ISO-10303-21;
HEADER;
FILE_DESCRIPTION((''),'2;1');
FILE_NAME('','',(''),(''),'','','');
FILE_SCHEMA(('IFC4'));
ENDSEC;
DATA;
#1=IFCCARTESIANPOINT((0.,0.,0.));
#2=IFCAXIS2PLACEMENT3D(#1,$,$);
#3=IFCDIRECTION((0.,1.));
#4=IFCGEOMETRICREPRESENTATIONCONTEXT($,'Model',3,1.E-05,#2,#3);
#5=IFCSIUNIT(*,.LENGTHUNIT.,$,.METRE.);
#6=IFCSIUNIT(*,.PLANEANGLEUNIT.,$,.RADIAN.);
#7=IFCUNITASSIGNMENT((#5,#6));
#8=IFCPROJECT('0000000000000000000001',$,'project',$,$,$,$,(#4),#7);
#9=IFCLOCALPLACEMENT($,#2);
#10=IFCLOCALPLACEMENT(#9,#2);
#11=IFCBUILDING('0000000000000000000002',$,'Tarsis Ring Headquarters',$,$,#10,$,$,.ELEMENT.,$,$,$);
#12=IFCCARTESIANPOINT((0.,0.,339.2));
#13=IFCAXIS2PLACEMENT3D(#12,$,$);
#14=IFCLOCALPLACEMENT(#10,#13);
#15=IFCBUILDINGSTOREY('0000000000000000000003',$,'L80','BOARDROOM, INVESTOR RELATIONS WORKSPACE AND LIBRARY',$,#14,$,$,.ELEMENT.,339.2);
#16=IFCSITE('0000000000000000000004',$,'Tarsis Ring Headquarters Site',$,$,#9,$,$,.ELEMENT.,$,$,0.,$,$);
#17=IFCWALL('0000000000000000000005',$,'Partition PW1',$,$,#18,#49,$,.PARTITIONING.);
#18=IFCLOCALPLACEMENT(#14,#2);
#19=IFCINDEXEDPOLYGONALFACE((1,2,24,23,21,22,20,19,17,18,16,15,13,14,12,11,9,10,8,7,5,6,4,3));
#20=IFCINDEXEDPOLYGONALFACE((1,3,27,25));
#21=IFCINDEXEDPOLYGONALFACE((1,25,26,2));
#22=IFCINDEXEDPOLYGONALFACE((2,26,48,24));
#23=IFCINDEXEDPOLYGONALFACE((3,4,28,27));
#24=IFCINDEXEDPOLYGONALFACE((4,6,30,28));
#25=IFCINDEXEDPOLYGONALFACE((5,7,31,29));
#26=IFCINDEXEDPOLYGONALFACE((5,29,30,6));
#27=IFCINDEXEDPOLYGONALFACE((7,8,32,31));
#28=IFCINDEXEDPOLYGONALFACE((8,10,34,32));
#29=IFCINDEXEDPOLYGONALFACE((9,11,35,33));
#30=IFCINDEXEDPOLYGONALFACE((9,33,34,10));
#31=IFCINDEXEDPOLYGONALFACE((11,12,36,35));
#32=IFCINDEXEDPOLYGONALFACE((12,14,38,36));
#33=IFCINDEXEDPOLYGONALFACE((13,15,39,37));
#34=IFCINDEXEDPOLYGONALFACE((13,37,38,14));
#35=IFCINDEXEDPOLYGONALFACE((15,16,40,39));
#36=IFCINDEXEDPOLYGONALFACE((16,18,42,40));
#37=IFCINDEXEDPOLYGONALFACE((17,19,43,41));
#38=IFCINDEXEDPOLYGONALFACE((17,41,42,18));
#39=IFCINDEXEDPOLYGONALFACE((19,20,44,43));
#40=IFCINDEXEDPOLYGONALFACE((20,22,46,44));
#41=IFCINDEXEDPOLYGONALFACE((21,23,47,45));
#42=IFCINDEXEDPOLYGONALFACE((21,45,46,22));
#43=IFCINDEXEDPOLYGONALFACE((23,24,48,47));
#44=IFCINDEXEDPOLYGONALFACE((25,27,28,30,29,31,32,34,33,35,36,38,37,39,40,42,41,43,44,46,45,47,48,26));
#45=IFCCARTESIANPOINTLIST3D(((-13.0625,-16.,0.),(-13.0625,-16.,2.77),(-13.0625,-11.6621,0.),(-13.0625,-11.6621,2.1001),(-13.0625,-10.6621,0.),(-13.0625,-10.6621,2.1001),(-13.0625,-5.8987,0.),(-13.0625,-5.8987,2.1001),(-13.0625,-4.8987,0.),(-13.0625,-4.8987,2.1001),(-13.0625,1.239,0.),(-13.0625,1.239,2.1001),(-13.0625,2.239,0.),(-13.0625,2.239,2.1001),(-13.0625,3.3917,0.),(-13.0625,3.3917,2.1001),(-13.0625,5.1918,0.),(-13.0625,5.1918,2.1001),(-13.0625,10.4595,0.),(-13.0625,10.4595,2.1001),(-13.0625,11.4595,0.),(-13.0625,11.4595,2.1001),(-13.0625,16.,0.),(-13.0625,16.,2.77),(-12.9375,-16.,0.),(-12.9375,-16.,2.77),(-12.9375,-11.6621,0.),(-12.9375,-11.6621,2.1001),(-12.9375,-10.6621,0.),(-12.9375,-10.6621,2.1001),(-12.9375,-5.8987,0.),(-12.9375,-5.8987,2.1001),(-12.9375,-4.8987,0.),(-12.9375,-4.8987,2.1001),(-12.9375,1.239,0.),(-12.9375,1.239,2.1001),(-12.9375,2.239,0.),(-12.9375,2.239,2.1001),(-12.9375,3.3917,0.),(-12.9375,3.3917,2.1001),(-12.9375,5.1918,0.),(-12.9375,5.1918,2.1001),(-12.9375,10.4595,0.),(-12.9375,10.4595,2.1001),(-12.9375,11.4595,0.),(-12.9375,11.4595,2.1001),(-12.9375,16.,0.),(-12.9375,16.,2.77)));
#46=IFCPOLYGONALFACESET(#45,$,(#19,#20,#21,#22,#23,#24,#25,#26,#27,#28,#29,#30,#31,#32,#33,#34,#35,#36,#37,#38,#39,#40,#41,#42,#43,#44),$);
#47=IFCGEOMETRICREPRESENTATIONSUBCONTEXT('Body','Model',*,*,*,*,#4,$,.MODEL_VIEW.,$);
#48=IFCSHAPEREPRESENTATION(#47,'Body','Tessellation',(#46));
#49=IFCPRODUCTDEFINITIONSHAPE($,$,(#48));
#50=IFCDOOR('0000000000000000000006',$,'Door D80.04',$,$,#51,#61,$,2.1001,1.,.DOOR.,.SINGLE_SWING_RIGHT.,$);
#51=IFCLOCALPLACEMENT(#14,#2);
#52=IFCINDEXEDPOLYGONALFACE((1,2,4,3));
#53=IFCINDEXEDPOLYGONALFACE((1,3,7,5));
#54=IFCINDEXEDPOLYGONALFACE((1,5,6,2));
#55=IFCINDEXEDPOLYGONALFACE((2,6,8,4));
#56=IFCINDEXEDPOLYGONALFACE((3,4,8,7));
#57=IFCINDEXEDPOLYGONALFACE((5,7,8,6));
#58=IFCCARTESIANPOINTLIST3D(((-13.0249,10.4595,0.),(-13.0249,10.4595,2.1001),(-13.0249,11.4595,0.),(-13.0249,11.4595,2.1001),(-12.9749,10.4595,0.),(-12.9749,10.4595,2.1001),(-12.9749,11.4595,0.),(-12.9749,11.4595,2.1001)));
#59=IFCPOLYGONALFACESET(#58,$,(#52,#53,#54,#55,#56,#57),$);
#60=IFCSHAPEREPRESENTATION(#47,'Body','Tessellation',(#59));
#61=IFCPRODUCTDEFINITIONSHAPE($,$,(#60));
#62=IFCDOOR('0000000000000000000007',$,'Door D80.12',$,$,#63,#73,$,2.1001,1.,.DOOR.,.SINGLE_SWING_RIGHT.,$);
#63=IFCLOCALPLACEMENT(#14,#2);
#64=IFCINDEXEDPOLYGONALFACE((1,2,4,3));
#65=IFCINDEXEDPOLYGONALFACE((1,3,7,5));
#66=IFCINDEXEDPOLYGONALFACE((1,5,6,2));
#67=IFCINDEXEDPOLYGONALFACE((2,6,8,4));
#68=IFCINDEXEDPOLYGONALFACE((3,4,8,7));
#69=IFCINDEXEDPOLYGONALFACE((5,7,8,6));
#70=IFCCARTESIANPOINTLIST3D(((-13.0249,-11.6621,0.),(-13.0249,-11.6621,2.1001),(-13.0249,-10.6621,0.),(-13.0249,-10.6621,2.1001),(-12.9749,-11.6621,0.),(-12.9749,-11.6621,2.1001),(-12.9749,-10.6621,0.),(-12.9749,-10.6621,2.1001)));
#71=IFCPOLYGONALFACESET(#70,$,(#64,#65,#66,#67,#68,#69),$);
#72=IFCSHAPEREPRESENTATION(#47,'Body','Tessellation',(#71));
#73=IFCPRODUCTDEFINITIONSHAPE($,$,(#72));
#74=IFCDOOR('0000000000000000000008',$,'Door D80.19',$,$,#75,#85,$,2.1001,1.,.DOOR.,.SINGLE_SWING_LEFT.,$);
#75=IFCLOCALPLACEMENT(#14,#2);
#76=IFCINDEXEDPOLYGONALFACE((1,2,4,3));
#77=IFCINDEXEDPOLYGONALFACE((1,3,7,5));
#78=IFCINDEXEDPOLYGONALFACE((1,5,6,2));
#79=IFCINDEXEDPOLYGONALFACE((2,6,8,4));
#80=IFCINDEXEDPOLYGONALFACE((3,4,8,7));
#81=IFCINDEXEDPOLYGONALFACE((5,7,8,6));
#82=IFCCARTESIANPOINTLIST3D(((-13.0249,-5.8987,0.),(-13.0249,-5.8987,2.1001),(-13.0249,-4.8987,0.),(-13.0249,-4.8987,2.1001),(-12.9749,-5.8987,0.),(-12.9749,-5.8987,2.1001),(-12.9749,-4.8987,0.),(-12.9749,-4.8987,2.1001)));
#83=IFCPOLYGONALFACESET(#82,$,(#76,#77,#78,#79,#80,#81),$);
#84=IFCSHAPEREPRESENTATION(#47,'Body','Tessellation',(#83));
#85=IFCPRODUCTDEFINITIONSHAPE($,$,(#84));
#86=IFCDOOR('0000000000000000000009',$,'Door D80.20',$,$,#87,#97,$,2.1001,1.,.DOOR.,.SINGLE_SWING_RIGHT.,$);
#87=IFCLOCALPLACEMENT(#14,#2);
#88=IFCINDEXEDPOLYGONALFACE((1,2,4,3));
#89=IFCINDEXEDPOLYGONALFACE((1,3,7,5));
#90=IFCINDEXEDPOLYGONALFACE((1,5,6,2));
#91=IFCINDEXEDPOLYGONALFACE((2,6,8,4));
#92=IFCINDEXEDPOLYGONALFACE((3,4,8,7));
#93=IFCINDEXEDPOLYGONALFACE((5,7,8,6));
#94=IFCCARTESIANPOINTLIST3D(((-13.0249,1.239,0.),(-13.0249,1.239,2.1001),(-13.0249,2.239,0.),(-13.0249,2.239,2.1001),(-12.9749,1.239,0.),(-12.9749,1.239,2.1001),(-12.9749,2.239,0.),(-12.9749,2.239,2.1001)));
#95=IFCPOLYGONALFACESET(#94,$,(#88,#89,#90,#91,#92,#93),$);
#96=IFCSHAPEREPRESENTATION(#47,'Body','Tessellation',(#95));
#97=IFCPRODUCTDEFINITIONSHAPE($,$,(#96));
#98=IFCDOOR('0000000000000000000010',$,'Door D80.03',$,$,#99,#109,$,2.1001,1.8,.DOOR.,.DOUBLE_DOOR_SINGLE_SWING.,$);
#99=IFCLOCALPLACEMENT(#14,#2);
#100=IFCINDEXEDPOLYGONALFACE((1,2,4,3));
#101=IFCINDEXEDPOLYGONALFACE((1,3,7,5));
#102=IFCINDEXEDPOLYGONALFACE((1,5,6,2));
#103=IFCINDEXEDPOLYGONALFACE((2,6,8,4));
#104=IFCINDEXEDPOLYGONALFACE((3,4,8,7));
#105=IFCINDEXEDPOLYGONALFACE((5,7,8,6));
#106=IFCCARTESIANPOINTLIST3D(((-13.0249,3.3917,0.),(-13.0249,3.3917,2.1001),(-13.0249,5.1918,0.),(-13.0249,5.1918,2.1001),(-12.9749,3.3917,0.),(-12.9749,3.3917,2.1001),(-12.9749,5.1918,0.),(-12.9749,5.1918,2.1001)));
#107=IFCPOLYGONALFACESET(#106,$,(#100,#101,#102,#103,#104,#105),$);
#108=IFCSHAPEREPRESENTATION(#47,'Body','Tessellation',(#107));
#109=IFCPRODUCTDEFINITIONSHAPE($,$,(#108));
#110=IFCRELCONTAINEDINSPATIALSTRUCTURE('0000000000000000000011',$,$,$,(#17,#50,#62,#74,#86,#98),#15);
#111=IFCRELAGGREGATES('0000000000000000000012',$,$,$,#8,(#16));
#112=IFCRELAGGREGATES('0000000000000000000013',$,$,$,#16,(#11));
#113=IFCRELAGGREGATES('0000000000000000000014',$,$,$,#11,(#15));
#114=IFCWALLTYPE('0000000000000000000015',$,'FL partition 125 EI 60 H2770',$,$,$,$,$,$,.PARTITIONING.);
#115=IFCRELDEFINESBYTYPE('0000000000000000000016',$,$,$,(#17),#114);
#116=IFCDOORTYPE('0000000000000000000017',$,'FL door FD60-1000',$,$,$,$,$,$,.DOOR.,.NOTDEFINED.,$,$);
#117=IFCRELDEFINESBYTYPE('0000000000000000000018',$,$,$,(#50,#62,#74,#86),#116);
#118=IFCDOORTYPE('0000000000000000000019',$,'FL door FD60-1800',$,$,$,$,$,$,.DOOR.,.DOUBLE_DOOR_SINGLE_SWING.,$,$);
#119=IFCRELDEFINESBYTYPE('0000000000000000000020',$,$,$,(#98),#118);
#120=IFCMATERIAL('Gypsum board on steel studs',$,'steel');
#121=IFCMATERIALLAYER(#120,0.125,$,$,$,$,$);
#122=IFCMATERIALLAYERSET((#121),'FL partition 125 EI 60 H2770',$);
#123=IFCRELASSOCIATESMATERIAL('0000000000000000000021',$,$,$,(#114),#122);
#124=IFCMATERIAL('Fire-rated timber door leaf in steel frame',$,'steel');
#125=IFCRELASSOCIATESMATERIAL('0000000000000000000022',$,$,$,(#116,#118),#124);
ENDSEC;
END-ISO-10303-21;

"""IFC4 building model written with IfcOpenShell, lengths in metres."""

from ifc_helpers import new_model, si_unit, direction, frame, frame_2d, origin, place, context, subcontext, project, spatial, rectangle, extrude, material, layer, layer_set, type_object, element, fill, save


model = new_model("IFC4")

# Units and contexts
model_context = context("Model", 3, precision=1e-05, world=origin(), true_north=direction((0.0, 1.0)))
body_context = subcontext(model_context, "Body", "Model", "MODEL_VIEW")
ifc_project = project(units=[si_unit("LENGTHUNIT", "METRE"), si_unit("PLANEANGLEUNIT", "RADIAN")], contexts=[model_context])

# Site, building, storey
site_placement = place(None, origin())
site = spatial("IfcSite", under=ifc_project, at=site_placement, Name="Tarsis Ring Headquarters Site", CompositionType="ELEMENT", RefElevation=0.0)
building_placement = place(site_placement, origin())
building = spatial("IfcBuilding", under=site, at=building_placement, Name="Tarsis Ring Headquarters", CompositionType="ELEMENT")
storey_placement = place(building_placement, frame((0.0, 0.0, 339.2)))
storey = spatial("IfcBuildingStorey", under=building, at=storey_placement, Name="L80", Description="BOARDROOM, INVESTOR RELATIONS WORKSPACE AND LIBRARY", CompositionType="ELEMENT", Elevation=339.2)

# Wall, openings, doors
ifc_material_1 = material(Name="Gypsum board on steel studs", Category="steel")
ifc_layer_1 = layer(ifc_material_1, 0.125)
ifc_layer_set_1 = layer_set([ifc_layer_1], Name="FL partition 125 EI 60 H2770")
wall_type_1 = type_object("IfcWallType", Name="FL partition 125 EI 60 H2770", PredefinedType="PARTITIONING", material=ifc_layer_set_1)
wall_1_placement = place(storey_placement, frame((-13.0, -16.0, 0.0), z_axis=(0.0, 0.0, 1.0), x_axis=(0.0, 1.0, 0.0)))
wall_1 = element("IfcWall", 1, at=wall_1_placement, inside=storey, type_object=wall_type_1, Name="Partition PW1", PredefinedType="PARTITIONING", context=body_context, shape_type="SweptSolid", body=[
    extrude(rectangle(XDim=32.0, YDim=0.125, at=frame_2d((16.0, 0.0))), origin(), (0.0, 0.0, 1.0), 2.77),
])
opening_1_placement = place(wall_1_placement, frame((19.3918, 0.0, 0.0)))
opening_1 = element("IfcOpeningElement", 2, at=opening_1_placement, cuts=wall_1, PredefinedType="OPENING", context=body_context, shape_type="SweptSolid", body=[
    extrude(rectangle(XDim=1.8, YDim=2.1001, at=frame_2d((0.8999, 1.05))), frame((0.0, 0.0725, 0.0), z_axis=(0.0, -1.0, 0.0), x_axis=(1.0, 0.0, 0.0)), (0.0, 0.0, 1.0), 0.145),
])
opening_2_placement = place(wall_1_placement, frame((26.4595, 0.0, 0.0)))
opening_2 = element("IfcOpeningElement", 3, at=opening_2_placement, cuts=wall_1, PredefinedType="OPENING", context=body_context, shape_type="SweptSolid", body=[
    extrude(rectangle(XDim=1.0, YDim=2.1001, at=frame_2d((0.5, 1.05))), frame((0.0, 0.0725, 0.0), z_axis=(0.0, -1.0, 0.0), x_axis=(1.0, 0.0, 0.0)), (0.0, 0.0, 1.0), 0.145),
])
opening_3_placement = place(wall_1_placement, frame((4.3379, 0.0, 0.0)))
opening_3 = element("IfcOpeningElement", 4, at=opening_3_placement, cuts=wall_1, PredefinedType="OPENING", context=body_context, shape_type="SweptSolid", body=[
    extrude(rectangle(XDim=1.0, YDim=2.1001, at=frame_2d((0.5, 1.05))), frame((0.0, 0.0725, 0.0), z_axis=(0.0, -1.0, 0.0), x_axis=(1.0, 0.0, 0.0)), (0.0, 0.0, 1.0), 0.145),
])
opening_4_placement = place(wall_1_placement, frame((10.1013, 0.0, 0.0)))
opening_4 = element("IfcOpeningElement", 5, at=opening_4_placement, cuts=wall_1, PredefinedType="OPENING", context=body_context, shape_type="SweptSolid", body=[
    extrude(rectangle(XDim=1.0, YDim=2.1001, at=frame_2d((0.5, 1.05))), frame((0.0, 0.0725, 0.0), z_axis=(0.0, -1.0, 0.0), x_axis=(1.0, 0.0, 0.0)), (0.0, 0.0, 1.0), 0.145),
])
opening_5_placement = place(wall_1_placement, frame((17.239, 0.0, 0.0)))
opening_5 = element("IfcOpeningElement", 6, at=opening_5_placement, cuts=wall_1, PredefinedType="OPENING", context=body_context, shape_type="SweptSolid", body=[
    extrude(rectangle(XDim=1.0, YDim=2.1001, at=frame_2d((0.5, 1.05))), frame((0.0, 0.0725, 0.0), z_axis=(0.0, -1.0, 0.0), x_axis=(1.0, 0.0, 0.0)), (0.0, 0.0, 1.0), 0.145),
])
ifc_material_2 = material(Name="Fire-rated timber door leaf in steel frame", Category="steel")
door_type_1 = type_object("IfcDoorType", Name="FL door FD60-1000", OperationType="NOTDEFINED", PredefinedType="DOOR", material=ifc_material_2)
door_1_placement = place(opening_2_placement, origin())
door_1 = element("IfcDoor", 7, at=door_1_placement, inside=storey, type_object=door_type_1, Name="Door D80.04", OperationType="SINGLE_SWING_RIGHT", OverallHeight=2.1001, OverallWidth=1.0, PredefinedType="DOOR", context=body_context, shape_type="SweptSolid", body=[
    extrude(rectangle(XDim=1.0, YDim=2.1001, at=frame_2d((0.5, 1.05))), frame((0.0, 0.0249, 0.0), z_axis=(0.0, -1.0, 0.0), x_axis=(1.0, 0.0, 0.0)), (0.0, 0.0, 1.0), 0.05),
])
fill(opening_2, door_1)
door_2_placement = place(opening_3_placement, origin())
door_2 = element("IfcDoor", 8, at=door_2_placement, inside=storey, type_object=door_type_1, Name="Door D80.12", OperationType="SINGLE_SWING_RIGHT", OverallHeight=2.1001, OverallWidth=1.0, PredefinedType="DOOR", context=body_context, shape_type="SweptSolid", body=[
    extrude(rectangle(XDim=1.0, YDim=2.1001, at=frame_2d((0.5, 1.05))), frame((0.0, 0.0249, 0.0), z_axis=(0.0, -1.0, 0.0), x_axis=(1.0, 0.0, 0.0)), (0.0, 0.0, 1.0), 0.05),
])
fill(opening_3, door_2)
door_3_placement = place(opening_4_placement, origin())
door_3 = element("IfcDoor", 9, at=door_3_placement, inside=storey, type_object=door_type_1, Name="Door D80.19", OperationType="SINGLE_SWING_LEFT", OverallHeight=2.1001, OverallWidth=1.0, PredefinedType="DOOR", context=body_context, shape_type="SweptSolid", body=[
    extrude(rectangle(XDim=1.0, YDim=2.1001, at=frame_2d((0.5, 1.05))), frame((0.0, 0.0249, 0.0), z_axis=(0.0, -1.0, 0.0), x_axis=(1.0, 0.0, 0.0)), (0.0, 0.0, 1.0), 0.05),
])
fill(opening_4, door_3)
door_4_placement = place(opening_5_placement, origin())
door_4 = element("IfcDoor", 10, at=door_4_placement, inside=storey, type_object=door_type_1, Name="Door D80.20", OperationType="SINGLE_SWING_RIGHT", OverallHeight=2.1001, OverallWidth=1.0, PredefinedType="DOOR", context=body_context, shape_type="SweptSolid", body=[
    extrude(rectangle(XDim=1.0, YDim=2.1001, at=frame_2d((0.5, 1.05))), frame((0.0, 0.0249, 0.0), z_axis=(0.0, -1.0, 0.0), x_axis=(1.0, 0.0, 0.0)), (0.0, 0.0, 1.0), 0.05),
])
fill(opening_5, door_4)
door_type_2 = type_object("IfcDoorType", Name="FL door FD60-1800", OperationType="DOUBLE_DOOR_SINGLE_SWING", PredefinedType="DOOR", material=ifc_material_2)
door_5_placement = place(opening_1_placement, origin())
door_5 = element("IfcDoor", 11, at=door_5_placement, inside=storey, type_object=door_type_2, Name="Door D80.03", OperationType="DOUBLE_DOOR_SINGLE_SWING", OverallHeight=2.1001, OverallWidth=1.8, PredefinedType="DOOR", context=body_context, shape_type="SweptSolid", body=[
    extrude(rectangle(XDim=1.8, YDim=2.1001, at=frame_2d((0.8999, 1.05))), frame((0.0, 0.0249, 0.0), z_axis=(0.0, -1.0, 0.0), x_axis=(1.0, 0.0, 0.0)), (0.0, 0.0, 1.0), 0.05),
])
fill(opening_1, door_5)

save(model, "model.ifc")
